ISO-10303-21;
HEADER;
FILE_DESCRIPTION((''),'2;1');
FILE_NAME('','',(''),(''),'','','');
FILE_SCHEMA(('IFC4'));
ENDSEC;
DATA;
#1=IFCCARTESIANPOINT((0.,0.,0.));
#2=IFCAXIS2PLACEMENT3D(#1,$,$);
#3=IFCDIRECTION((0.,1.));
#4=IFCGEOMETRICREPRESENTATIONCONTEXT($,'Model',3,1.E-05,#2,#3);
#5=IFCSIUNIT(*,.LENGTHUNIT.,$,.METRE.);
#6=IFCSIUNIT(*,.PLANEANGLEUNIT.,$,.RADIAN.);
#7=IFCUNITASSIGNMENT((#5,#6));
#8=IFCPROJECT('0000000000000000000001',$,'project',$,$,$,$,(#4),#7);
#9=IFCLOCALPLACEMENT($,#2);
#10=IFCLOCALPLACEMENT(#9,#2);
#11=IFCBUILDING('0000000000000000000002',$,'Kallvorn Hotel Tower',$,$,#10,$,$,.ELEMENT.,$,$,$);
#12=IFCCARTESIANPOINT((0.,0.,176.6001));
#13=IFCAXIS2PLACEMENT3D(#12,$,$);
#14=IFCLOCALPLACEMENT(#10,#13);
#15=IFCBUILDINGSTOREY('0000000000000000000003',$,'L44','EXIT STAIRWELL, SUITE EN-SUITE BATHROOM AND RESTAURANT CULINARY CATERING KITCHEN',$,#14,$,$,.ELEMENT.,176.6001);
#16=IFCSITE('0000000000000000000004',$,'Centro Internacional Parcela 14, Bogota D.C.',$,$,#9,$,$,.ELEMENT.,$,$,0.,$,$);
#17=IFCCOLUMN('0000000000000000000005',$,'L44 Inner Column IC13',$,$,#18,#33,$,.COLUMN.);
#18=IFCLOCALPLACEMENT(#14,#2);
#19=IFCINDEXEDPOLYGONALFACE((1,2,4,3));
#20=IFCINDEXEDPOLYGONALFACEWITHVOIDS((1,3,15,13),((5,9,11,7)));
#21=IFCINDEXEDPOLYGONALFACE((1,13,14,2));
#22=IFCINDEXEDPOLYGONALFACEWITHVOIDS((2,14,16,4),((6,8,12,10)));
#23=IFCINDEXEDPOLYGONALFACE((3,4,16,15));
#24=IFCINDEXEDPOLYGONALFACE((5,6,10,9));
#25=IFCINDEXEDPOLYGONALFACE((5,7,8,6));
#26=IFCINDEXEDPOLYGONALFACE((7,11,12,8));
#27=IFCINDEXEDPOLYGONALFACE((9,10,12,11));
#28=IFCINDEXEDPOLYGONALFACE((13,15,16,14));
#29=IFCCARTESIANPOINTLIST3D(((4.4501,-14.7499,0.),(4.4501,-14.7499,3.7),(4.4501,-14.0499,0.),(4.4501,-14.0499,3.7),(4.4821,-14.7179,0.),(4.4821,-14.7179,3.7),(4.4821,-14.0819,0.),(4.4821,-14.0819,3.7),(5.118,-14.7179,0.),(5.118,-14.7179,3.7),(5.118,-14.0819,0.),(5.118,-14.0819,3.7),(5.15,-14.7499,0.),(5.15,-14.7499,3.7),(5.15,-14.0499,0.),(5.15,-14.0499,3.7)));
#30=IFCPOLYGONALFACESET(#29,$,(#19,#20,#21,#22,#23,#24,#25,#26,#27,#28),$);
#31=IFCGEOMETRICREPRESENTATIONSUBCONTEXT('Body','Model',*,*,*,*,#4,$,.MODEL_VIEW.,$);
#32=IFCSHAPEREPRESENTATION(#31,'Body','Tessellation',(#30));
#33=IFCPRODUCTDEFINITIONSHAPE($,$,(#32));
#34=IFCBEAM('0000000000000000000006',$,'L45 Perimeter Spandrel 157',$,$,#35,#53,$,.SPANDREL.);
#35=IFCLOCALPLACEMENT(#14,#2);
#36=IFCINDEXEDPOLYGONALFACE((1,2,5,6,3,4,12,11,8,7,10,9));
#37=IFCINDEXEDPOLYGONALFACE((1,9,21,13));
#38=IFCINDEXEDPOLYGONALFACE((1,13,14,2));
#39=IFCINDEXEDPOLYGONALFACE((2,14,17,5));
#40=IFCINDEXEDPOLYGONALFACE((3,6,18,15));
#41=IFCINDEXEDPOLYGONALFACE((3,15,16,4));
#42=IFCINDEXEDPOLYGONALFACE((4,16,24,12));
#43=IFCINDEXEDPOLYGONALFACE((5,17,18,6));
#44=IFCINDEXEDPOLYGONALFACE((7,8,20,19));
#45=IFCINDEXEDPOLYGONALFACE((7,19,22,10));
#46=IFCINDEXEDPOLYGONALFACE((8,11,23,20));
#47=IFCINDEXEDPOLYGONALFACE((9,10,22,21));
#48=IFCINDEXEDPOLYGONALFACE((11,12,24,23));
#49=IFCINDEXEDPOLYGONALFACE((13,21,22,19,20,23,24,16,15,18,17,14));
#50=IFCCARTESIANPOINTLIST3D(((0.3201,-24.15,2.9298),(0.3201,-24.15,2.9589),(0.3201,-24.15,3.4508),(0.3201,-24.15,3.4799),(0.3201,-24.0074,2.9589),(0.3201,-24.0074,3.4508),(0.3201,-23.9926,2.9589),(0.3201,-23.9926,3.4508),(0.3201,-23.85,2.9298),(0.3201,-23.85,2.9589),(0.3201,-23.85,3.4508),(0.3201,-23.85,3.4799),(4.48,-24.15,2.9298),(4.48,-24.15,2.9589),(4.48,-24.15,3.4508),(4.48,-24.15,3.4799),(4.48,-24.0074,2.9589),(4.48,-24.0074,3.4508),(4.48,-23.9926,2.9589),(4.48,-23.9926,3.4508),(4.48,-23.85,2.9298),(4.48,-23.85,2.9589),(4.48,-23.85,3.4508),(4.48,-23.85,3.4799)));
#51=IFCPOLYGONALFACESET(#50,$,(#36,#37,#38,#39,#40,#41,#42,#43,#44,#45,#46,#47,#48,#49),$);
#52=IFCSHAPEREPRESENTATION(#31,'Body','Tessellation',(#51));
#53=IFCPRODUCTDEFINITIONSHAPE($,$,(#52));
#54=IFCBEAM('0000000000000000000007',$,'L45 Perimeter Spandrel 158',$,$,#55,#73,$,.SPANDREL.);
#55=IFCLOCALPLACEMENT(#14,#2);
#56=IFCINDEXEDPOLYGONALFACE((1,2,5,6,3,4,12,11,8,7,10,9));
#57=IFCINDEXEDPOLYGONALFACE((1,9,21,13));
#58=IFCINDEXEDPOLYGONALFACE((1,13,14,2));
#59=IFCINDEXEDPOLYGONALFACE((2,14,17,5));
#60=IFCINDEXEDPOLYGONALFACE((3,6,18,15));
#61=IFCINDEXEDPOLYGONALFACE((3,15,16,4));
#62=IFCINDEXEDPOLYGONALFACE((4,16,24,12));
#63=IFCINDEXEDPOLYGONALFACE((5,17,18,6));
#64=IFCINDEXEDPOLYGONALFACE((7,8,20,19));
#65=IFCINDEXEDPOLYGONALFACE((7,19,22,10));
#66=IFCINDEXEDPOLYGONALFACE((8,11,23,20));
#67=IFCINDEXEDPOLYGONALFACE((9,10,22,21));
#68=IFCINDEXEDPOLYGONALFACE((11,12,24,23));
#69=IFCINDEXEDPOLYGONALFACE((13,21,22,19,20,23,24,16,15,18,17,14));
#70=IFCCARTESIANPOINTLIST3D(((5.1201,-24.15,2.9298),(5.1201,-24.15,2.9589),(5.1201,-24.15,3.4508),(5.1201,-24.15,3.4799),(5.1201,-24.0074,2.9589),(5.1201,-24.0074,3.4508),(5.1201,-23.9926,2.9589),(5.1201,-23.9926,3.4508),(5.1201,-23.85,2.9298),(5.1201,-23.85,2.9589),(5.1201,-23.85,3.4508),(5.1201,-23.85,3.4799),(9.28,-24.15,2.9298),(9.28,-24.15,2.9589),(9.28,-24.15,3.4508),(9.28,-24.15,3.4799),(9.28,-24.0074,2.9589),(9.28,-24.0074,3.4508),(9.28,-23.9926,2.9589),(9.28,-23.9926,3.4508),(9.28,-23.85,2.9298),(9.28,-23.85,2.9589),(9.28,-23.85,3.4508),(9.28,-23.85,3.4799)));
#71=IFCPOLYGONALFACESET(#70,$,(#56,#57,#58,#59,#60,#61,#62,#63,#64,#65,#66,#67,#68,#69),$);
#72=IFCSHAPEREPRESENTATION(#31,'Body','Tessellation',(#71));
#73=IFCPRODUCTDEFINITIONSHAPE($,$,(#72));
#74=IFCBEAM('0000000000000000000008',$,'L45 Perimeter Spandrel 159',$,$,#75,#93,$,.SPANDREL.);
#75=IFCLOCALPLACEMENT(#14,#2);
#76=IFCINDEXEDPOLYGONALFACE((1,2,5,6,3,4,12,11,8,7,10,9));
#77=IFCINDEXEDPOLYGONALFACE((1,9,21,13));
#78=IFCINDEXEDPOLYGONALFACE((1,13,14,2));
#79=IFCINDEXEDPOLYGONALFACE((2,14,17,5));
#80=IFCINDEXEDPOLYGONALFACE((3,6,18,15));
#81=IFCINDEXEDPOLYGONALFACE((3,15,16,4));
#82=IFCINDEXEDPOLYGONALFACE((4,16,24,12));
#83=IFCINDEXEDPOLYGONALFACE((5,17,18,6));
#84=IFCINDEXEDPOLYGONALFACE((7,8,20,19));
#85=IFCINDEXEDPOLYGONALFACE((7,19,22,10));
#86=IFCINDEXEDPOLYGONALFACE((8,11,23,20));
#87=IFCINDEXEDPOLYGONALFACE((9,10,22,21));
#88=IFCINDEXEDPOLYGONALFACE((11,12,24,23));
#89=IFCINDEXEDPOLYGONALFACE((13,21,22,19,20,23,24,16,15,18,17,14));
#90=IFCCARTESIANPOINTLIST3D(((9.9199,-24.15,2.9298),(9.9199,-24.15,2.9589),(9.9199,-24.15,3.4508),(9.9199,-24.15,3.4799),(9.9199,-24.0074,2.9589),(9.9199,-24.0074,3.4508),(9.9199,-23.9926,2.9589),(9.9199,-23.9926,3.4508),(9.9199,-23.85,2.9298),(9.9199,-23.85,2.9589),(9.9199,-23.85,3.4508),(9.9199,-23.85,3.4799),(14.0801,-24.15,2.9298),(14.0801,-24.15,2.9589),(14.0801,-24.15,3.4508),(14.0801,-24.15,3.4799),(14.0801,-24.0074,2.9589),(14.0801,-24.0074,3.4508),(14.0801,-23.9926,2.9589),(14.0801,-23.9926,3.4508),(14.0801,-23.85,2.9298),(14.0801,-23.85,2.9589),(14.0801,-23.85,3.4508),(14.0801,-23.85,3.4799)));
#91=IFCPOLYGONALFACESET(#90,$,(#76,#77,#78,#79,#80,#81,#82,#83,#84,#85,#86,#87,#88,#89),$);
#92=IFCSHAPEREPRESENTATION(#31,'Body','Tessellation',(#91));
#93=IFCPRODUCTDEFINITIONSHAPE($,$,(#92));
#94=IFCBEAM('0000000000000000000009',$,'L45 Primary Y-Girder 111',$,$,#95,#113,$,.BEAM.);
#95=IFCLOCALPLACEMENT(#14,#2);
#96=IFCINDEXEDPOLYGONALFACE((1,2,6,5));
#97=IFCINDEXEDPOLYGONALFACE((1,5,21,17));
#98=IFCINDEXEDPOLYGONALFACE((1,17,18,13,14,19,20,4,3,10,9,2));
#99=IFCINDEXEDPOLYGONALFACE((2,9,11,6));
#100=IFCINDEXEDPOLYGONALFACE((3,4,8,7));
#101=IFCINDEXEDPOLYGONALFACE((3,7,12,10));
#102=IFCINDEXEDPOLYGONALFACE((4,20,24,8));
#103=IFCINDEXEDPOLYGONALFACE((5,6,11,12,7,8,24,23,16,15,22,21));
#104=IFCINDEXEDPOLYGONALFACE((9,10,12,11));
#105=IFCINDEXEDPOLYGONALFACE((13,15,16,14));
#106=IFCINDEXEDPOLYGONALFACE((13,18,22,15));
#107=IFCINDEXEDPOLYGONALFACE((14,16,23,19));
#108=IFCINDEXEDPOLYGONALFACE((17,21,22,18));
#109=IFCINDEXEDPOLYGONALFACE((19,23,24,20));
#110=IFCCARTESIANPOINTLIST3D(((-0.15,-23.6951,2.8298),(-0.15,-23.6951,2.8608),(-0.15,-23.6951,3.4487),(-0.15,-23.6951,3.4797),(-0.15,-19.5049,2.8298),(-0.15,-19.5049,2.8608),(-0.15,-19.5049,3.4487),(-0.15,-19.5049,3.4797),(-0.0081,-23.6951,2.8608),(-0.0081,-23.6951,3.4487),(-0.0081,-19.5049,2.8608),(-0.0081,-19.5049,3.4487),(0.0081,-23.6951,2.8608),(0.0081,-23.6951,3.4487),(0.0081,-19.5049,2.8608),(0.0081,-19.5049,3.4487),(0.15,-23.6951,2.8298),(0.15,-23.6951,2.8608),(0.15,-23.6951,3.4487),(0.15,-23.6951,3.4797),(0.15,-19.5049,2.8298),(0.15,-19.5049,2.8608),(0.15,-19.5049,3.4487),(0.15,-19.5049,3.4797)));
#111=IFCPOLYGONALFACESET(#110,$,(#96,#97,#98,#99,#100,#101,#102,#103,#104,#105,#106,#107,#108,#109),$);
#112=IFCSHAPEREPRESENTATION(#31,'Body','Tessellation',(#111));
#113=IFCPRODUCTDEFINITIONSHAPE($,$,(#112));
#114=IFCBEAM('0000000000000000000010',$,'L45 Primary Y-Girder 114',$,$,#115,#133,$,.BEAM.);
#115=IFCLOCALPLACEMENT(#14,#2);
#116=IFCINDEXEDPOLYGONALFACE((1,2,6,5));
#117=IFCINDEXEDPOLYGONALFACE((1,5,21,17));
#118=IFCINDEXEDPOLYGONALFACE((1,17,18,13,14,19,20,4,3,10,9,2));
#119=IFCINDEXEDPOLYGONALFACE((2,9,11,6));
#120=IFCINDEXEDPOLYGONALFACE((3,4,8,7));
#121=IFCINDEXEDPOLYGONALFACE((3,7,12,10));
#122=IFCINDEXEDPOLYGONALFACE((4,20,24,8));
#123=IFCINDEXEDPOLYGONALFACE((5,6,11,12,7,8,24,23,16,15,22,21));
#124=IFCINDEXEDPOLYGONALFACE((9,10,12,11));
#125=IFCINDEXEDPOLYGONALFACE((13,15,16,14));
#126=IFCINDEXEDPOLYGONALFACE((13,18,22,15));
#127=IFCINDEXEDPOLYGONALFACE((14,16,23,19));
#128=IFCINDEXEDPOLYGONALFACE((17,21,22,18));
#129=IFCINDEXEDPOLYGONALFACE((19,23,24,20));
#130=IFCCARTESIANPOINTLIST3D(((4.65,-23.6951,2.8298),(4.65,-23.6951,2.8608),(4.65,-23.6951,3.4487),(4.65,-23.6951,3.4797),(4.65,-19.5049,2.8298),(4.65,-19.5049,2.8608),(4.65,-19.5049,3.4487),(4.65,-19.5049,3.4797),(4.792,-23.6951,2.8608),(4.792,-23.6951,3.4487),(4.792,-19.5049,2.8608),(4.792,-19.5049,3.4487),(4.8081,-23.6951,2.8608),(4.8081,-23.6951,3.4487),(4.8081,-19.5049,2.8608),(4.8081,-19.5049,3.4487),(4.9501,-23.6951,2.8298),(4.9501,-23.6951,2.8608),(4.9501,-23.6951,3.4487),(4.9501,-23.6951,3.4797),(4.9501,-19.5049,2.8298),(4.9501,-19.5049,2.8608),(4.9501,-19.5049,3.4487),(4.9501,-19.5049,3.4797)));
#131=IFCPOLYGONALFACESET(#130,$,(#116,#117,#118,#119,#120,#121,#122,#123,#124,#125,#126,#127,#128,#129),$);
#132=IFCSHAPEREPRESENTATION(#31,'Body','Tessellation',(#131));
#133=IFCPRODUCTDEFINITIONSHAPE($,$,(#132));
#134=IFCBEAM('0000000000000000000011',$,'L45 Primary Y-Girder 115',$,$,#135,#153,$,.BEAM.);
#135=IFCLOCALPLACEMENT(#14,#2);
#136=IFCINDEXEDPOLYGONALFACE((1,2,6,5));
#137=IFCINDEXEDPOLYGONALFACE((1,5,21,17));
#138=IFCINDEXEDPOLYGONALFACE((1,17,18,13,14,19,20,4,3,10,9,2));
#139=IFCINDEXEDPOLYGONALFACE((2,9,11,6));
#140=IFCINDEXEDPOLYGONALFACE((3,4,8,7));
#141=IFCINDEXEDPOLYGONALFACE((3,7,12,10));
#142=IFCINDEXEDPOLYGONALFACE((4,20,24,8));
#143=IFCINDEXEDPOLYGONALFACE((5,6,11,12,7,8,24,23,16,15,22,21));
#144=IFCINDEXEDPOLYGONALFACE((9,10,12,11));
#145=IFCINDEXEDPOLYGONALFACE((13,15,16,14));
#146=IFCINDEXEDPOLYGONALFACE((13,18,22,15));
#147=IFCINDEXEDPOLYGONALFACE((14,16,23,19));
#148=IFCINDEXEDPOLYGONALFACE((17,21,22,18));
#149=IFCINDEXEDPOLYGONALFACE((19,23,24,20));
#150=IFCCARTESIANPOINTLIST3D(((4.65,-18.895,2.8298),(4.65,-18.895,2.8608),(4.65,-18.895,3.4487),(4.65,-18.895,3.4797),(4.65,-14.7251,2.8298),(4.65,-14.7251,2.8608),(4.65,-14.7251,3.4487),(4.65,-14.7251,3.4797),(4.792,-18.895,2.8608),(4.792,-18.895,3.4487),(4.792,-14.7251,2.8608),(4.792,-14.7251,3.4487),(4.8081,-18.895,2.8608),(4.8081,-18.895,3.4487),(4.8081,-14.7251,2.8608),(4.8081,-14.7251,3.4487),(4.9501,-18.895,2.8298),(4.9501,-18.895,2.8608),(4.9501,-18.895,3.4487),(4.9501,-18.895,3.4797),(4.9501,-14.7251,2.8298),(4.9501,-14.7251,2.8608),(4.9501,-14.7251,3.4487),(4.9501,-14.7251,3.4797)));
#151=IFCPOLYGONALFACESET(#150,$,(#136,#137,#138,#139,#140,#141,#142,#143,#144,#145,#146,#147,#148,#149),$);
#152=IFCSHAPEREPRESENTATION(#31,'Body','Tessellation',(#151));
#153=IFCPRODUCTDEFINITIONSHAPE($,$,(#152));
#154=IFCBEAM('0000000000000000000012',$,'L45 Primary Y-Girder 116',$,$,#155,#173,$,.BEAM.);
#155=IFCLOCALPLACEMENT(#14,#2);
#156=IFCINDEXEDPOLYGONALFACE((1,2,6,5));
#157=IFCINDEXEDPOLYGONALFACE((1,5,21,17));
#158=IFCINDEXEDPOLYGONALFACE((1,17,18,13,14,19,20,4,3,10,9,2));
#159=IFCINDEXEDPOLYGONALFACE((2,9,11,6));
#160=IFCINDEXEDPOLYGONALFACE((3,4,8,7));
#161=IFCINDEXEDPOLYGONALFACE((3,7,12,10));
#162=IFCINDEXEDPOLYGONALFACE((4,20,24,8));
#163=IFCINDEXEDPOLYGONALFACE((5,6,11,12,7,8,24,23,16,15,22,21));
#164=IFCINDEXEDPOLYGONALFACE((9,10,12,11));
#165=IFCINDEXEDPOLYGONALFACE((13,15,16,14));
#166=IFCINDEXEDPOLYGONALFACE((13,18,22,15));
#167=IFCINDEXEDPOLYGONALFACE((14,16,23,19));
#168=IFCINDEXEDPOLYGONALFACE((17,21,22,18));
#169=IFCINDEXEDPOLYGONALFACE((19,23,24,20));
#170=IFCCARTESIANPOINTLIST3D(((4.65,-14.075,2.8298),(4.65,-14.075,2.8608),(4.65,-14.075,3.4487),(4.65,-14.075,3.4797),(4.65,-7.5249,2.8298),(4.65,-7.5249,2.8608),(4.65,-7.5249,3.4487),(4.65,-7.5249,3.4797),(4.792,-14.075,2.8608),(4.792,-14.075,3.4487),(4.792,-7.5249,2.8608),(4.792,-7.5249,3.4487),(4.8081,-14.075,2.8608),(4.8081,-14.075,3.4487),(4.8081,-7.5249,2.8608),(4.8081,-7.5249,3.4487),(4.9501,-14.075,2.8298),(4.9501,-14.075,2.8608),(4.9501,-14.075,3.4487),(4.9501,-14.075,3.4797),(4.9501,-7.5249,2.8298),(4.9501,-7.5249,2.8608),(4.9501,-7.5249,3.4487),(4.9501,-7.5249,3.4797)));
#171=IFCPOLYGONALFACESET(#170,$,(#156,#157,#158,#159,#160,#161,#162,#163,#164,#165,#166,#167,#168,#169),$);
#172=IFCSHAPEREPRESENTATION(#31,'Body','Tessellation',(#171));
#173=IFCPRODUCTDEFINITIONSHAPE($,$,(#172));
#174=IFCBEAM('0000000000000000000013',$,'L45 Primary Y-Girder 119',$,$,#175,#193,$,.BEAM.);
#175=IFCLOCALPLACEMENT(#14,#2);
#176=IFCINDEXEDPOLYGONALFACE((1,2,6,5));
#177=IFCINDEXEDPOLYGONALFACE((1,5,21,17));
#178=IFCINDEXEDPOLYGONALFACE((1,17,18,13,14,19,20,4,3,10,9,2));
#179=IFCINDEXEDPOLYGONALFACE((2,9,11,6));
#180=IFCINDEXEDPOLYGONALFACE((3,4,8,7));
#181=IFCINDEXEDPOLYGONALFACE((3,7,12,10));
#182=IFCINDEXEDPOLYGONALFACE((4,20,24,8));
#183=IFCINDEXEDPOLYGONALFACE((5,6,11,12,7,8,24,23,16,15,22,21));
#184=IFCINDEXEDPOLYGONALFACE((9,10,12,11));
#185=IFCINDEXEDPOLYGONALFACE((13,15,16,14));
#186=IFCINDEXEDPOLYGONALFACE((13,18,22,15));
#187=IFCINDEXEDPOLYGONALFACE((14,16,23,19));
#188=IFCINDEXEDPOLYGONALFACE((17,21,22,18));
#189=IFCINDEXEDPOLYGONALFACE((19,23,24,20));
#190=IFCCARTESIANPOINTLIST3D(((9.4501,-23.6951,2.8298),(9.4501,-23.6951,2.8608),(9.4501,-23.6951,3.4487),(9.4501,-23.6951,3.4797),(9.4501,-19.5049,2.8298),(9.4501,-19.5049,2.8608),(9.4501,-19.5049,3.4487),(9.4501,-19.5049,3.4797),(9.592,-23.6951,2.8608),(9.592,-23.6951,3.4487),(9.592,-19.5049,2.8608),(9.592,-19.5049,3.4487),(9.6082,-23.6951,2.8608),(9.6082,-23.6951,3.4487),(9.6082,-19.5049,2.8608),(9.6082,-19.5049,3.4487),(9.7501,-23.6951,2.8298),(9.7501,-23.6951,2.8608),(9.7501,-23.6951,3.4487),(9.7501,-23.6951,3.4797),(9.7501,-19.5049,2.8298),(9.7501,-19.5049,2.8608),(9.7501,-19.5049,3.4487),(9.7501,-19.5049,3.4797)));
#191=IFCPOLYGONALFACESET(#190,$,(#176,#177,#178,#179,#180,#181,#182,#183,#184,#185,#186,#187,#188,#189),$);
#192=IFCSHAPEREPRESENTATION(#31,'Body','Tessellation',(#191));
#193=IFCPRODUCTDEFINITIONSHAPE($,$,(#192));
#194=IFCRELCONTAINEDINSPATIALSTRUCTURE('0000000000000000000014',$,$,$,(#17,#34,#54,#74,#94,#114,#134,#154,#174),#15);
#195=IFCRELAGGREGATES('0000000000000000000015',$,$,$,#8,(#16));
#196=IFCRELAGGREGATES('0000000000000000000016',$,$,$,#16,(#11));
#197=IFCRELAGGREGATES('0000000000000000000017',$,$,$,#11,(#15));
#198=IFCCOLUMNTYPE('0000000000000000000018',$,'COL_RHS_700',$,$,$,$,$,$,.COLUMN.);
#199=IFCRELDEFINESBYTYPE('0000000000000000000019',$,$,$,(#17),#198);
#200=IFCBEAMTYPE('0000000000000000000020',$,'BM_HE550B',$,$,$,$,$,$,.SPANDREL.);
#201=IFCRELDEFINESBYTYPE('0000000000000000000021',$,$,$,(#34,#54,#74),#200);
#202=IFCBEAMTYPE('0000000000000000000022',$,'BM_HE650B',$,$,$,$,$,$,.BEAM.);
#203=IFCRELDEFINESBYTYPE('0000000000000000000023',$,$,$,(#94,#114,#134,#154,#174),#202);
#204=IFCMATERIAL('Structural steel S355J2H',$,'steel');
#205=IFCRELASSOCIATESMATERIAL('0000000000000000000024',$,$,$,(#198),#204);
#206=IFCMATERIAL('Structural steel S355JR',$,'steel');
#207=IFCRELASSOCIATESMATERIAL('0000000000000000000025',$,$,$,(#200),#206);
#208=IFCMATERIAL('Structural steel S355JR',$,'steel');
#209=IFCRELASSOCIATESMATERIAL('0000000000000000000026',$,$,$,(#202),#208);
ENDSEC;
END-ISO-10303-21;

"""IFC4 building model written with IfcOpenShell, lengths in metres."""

from ifc_helpers import new_model, si_unit, direction, frame, origin, origin_2d, place, context, subcontext, project, spatial, hollow_rectangle, i_section, extrude, material, material_profile, profile_set, type_object, element, save


model = new_model("IFC4")

# Units and contexts
model_context = context("Model", 3, precision=1e-05, world=origin(), true_north=direction((0.0, 1.0)))
body_context = subcontext(model_context, "Body", "Model", "MODEL_VIEW")
ifc_project = project(units=[si_unit("LENGTHUNIT", "METRE"), si_unit("PLANEANGLEUNIT", "RADIAN")], contexts=[model_context])

# Site, building, storey
site_placement = place(None, origin())
site = spatial("IfcSite", under=ifc_project, at=site_placement, Name="Centro Internacional Parcela 14, Bogota D.C.", CompositionType="ELEMENT", RefElevation=0.0)
building_placement = place(site_placement, origin())
building = spatial("IfcBuilding", under=site, at=building_placement, Name="Kallvorn Hotel Tower", CompositionType="ELEMENT")
storey_placement = place(building_placement, frame((0.0, 0.0, 176.6001)))
storey = spatial("IfcBuildingStorey", under=building, at=storey_placement, Name="L44", Description="EXIT STAIRWELL, SUITE EN-SUITE BATHROOM AND RESTAURANT CULINARY CATERING KITCHEN", CompositionType="ELEMENT", Elevation=176.6001)

# Column
ifc_material_1 = material(Name="Structural steel S355J2H", Category="steel")
ifc_material_profile_1 = material_profile(ifc_material_1, hollow_rectangle(XDim=0.7, YDim=0.7, WallThickness=0.032, at=origin_2d()), Name="RHS 700x700x32")
ifc_profile_set_1 = profile_set([ifc_material_profile_1], Name="Structural steel S355J2H")
column_type_1 = type_object("IfcColumnType", Name="COL_RHS_700", PredefinedType="COLUMN", material=ifc_profile_set_1)
column_placement = place(storey_placement, frame((4.8, -14.3999, 0.0), z_axis=(0.0, 0.0, 1.0), x_axis=(1.0, 0.0, 0.0)))
element("IfcColumn", 1, at=column_placement, inside=storey, type_object=column_type_1, Name="L44 Inner Column IC13", PredefinedType="COLUMN", context=body_context, shape_type="SweptSolid", body=[
    extrude(hollow_rectangle(XDim=0.7, YDim=0.7, WallThickness=0.032, at=origin_2d()), origin(), (0.0, 0.0, 1.0), 3.7),
])

# Beams
ifc_material_2 = material(Name="Structural steel S355JR", Category="steel")
ifc_material_profile_2 = material_profile(ifc_material_2, i_section(OverallWidth=0.3, OverallDepth=0.55, WebThickness=0.0149, FlangeThickness=0.0291, at=origin_2d()), Name="HE 550 B")
ifc_profile_set_2 = profile_set([ifc_material_profile_2], Name="Structural steel S355JR")
beam_type_1 = type_object("IfcBeamType", Name="BM_HE550B", PredefinedType="SPANDREL", material=ifc_profile_set_2)
for number, where, z_axis, x_axis, name in (
    (2, (0.3201, -24.0, 3.2048), (1.0, 0.0, 0.0), (0.0, 1.0, 0.0), "L45 Perimeter Spandrel 157"),
    (3, (5.1201, -24.0, 3.2048), (1.0, 0.0, 0.0), (0.0, 1.0, 0.0), "L45 Perimeter Spandrel 158"),
):
    element("IfcBeam", number, at=place(storey_placement, frame(where, z_axis=z_axis, x_axis=x_axis)), inside=storey, type_object=beam_type_1, Name=name, PredefinedType="SPANDREL", context=body_context, shape_type="SweptSolid", body=[
        extrude(i_section(OverallWidth=0.3, OverallDepth=0.55, WebThickness=0.0149, FlangeThickness=0.0291, at=origin_2d()), origin(), (0.0, 0.0, 1.0), 4.1599),
    ])
beam_1_placement = place(storey_placement, frame((9.9199, -24.0, 3.2048), z_axis=(1.0, 0.0, 0.0), x_axis=(0.0, 1.0, 0.0)))
element("IfcBeam", 4, at=beam_1_placement, inside=storey, type_object=beam_type_1, Name="L45 Perimeter Spandrel 159", PredefinedType="SPANDREL", context=body_context, shape_type="SweptSolid", body=[
    extrude(i_section(OverallWidth=0.3, OverallDepth=0.55, WebThickness=0.0149, FlangeThickness=0.0291, at=origin_2d()), origin(), (0.0, 0.0, 1.0), 4.1602),
])
ifc_material_3 = material(Name="Structural steel S355JR", Category="steel")
ifc_material_profile_3 = material_profile(ifc_material_3, i_section(OverallWidth=0.3, OverallDepth=0.6499, WebThickness=0.0161, FlangeThickness=0.031, at=origin_2d()), Name="HE 650 B")
ifc_profile_set_3 = profile_set([ifc_material_profile_3], Name="Structural steel S355JR")
beam_type_2 = type_object("IfcBeamType", Name="BM_HE650B", PredefinedType="BEAM", material=ifc_profile_set_3)
for number, where, z_axis, x_axis, name in (
    (5, (0.0, -23.6951, 3.1548), (0.0, 1.0, 0.0), (-1.0, 0.0, 0.0), "L45 Primary Y-Girder 111"),
    (6, (4.8, -23.6951, 3.1548), (0.0, 1.0, 0.0), (-1.0, 0.0, 0.0), "L45 Primary Y-Girder 114"),
):
    element("IfcBeam", number, at=place(storey_placement, frame(where, z_axis=z_axis, x_axis=x_axis)), inside=storey, type_object=beam_type_2, Name=name, PredefinedType="BEAM", context=body_context, shape_type="SweptSolid", body=[
        extrude(i_section(OverallWidth=0.3, OverallDepth=0.6499, WebThickness=0.0161, FlangeThickness=0.031, at=origin_2d()), origin(), (0.0, 0.0, 1.0), 4.1902),
    ])
beam_2_placement = place(storey_placement, frame((4.8, -18.895, 3.1548), z_axis=(0.0, 1.0, 0.0), x_axis=(-1.0, 0.0, 0.0)))
element("IfcBeam", 7, at=beam_2_placement, inside=storey, type_object=beam_type_2, Name="L45 Primary Y-Girder 115", PredefinedType="BEAM", context=body_context, shape_type="SweptSolid", body=[
    extrude(i_section(OverallWidth=0.3, OverallDepth=0.6499, WebThickness=0.0161, FlangeThickness=0.031, at=origin_2d()), origin(), (0.0, 0.0, 1.0), 4.1699),
])
beam_3_placement = place(storey_placement, frame((4.8, -14.075, 3.1548), z_axis=(0.0, 1.0, 0.0), x_axis=(-1.0, 0.0, 0.0)))
element("IfcBeam", 8, at=beam_3_placement, inside=storey, type_object=beam_type_2, Name="L45 Primary Y-Girder 116", PredefinedType="BEAM", context=body_context, shape_type="SweptSolid", body=[
    extrude(i_section(OverallWidth=0.3, OverallDepth=0.6499, WebThickness=0.0161, FlangeThickness=0.031, at=origin_2d()), origin(), (0.0, 0.0, 1.0), 6.55),
])
beam_4_placement = place(storey_placement, frame((9.6001, -23.6951, 3.1548), z_axis=(0.0, 1.0, 0.0), x_axis=(-1.0, 0.0, 0.0)))
element("IfcBeam", 9, at=beam_4_placement, inside=storey, type_object=beam_type_2, Name="L45 Primary Y-Girder 119", PredefinedType="BEAM", context=body_context, shape_type="SweptSolid", body=[
    extrude(i_section(OverallWidth=0.3, OverallDepth=0.6499, WebThickness=0.0161, FlangeThickness=0.031, at=origin_2d()), origin(), (0.0, 0.0, 1.0), 4.1902),
])

save(model, "model.ifc")
